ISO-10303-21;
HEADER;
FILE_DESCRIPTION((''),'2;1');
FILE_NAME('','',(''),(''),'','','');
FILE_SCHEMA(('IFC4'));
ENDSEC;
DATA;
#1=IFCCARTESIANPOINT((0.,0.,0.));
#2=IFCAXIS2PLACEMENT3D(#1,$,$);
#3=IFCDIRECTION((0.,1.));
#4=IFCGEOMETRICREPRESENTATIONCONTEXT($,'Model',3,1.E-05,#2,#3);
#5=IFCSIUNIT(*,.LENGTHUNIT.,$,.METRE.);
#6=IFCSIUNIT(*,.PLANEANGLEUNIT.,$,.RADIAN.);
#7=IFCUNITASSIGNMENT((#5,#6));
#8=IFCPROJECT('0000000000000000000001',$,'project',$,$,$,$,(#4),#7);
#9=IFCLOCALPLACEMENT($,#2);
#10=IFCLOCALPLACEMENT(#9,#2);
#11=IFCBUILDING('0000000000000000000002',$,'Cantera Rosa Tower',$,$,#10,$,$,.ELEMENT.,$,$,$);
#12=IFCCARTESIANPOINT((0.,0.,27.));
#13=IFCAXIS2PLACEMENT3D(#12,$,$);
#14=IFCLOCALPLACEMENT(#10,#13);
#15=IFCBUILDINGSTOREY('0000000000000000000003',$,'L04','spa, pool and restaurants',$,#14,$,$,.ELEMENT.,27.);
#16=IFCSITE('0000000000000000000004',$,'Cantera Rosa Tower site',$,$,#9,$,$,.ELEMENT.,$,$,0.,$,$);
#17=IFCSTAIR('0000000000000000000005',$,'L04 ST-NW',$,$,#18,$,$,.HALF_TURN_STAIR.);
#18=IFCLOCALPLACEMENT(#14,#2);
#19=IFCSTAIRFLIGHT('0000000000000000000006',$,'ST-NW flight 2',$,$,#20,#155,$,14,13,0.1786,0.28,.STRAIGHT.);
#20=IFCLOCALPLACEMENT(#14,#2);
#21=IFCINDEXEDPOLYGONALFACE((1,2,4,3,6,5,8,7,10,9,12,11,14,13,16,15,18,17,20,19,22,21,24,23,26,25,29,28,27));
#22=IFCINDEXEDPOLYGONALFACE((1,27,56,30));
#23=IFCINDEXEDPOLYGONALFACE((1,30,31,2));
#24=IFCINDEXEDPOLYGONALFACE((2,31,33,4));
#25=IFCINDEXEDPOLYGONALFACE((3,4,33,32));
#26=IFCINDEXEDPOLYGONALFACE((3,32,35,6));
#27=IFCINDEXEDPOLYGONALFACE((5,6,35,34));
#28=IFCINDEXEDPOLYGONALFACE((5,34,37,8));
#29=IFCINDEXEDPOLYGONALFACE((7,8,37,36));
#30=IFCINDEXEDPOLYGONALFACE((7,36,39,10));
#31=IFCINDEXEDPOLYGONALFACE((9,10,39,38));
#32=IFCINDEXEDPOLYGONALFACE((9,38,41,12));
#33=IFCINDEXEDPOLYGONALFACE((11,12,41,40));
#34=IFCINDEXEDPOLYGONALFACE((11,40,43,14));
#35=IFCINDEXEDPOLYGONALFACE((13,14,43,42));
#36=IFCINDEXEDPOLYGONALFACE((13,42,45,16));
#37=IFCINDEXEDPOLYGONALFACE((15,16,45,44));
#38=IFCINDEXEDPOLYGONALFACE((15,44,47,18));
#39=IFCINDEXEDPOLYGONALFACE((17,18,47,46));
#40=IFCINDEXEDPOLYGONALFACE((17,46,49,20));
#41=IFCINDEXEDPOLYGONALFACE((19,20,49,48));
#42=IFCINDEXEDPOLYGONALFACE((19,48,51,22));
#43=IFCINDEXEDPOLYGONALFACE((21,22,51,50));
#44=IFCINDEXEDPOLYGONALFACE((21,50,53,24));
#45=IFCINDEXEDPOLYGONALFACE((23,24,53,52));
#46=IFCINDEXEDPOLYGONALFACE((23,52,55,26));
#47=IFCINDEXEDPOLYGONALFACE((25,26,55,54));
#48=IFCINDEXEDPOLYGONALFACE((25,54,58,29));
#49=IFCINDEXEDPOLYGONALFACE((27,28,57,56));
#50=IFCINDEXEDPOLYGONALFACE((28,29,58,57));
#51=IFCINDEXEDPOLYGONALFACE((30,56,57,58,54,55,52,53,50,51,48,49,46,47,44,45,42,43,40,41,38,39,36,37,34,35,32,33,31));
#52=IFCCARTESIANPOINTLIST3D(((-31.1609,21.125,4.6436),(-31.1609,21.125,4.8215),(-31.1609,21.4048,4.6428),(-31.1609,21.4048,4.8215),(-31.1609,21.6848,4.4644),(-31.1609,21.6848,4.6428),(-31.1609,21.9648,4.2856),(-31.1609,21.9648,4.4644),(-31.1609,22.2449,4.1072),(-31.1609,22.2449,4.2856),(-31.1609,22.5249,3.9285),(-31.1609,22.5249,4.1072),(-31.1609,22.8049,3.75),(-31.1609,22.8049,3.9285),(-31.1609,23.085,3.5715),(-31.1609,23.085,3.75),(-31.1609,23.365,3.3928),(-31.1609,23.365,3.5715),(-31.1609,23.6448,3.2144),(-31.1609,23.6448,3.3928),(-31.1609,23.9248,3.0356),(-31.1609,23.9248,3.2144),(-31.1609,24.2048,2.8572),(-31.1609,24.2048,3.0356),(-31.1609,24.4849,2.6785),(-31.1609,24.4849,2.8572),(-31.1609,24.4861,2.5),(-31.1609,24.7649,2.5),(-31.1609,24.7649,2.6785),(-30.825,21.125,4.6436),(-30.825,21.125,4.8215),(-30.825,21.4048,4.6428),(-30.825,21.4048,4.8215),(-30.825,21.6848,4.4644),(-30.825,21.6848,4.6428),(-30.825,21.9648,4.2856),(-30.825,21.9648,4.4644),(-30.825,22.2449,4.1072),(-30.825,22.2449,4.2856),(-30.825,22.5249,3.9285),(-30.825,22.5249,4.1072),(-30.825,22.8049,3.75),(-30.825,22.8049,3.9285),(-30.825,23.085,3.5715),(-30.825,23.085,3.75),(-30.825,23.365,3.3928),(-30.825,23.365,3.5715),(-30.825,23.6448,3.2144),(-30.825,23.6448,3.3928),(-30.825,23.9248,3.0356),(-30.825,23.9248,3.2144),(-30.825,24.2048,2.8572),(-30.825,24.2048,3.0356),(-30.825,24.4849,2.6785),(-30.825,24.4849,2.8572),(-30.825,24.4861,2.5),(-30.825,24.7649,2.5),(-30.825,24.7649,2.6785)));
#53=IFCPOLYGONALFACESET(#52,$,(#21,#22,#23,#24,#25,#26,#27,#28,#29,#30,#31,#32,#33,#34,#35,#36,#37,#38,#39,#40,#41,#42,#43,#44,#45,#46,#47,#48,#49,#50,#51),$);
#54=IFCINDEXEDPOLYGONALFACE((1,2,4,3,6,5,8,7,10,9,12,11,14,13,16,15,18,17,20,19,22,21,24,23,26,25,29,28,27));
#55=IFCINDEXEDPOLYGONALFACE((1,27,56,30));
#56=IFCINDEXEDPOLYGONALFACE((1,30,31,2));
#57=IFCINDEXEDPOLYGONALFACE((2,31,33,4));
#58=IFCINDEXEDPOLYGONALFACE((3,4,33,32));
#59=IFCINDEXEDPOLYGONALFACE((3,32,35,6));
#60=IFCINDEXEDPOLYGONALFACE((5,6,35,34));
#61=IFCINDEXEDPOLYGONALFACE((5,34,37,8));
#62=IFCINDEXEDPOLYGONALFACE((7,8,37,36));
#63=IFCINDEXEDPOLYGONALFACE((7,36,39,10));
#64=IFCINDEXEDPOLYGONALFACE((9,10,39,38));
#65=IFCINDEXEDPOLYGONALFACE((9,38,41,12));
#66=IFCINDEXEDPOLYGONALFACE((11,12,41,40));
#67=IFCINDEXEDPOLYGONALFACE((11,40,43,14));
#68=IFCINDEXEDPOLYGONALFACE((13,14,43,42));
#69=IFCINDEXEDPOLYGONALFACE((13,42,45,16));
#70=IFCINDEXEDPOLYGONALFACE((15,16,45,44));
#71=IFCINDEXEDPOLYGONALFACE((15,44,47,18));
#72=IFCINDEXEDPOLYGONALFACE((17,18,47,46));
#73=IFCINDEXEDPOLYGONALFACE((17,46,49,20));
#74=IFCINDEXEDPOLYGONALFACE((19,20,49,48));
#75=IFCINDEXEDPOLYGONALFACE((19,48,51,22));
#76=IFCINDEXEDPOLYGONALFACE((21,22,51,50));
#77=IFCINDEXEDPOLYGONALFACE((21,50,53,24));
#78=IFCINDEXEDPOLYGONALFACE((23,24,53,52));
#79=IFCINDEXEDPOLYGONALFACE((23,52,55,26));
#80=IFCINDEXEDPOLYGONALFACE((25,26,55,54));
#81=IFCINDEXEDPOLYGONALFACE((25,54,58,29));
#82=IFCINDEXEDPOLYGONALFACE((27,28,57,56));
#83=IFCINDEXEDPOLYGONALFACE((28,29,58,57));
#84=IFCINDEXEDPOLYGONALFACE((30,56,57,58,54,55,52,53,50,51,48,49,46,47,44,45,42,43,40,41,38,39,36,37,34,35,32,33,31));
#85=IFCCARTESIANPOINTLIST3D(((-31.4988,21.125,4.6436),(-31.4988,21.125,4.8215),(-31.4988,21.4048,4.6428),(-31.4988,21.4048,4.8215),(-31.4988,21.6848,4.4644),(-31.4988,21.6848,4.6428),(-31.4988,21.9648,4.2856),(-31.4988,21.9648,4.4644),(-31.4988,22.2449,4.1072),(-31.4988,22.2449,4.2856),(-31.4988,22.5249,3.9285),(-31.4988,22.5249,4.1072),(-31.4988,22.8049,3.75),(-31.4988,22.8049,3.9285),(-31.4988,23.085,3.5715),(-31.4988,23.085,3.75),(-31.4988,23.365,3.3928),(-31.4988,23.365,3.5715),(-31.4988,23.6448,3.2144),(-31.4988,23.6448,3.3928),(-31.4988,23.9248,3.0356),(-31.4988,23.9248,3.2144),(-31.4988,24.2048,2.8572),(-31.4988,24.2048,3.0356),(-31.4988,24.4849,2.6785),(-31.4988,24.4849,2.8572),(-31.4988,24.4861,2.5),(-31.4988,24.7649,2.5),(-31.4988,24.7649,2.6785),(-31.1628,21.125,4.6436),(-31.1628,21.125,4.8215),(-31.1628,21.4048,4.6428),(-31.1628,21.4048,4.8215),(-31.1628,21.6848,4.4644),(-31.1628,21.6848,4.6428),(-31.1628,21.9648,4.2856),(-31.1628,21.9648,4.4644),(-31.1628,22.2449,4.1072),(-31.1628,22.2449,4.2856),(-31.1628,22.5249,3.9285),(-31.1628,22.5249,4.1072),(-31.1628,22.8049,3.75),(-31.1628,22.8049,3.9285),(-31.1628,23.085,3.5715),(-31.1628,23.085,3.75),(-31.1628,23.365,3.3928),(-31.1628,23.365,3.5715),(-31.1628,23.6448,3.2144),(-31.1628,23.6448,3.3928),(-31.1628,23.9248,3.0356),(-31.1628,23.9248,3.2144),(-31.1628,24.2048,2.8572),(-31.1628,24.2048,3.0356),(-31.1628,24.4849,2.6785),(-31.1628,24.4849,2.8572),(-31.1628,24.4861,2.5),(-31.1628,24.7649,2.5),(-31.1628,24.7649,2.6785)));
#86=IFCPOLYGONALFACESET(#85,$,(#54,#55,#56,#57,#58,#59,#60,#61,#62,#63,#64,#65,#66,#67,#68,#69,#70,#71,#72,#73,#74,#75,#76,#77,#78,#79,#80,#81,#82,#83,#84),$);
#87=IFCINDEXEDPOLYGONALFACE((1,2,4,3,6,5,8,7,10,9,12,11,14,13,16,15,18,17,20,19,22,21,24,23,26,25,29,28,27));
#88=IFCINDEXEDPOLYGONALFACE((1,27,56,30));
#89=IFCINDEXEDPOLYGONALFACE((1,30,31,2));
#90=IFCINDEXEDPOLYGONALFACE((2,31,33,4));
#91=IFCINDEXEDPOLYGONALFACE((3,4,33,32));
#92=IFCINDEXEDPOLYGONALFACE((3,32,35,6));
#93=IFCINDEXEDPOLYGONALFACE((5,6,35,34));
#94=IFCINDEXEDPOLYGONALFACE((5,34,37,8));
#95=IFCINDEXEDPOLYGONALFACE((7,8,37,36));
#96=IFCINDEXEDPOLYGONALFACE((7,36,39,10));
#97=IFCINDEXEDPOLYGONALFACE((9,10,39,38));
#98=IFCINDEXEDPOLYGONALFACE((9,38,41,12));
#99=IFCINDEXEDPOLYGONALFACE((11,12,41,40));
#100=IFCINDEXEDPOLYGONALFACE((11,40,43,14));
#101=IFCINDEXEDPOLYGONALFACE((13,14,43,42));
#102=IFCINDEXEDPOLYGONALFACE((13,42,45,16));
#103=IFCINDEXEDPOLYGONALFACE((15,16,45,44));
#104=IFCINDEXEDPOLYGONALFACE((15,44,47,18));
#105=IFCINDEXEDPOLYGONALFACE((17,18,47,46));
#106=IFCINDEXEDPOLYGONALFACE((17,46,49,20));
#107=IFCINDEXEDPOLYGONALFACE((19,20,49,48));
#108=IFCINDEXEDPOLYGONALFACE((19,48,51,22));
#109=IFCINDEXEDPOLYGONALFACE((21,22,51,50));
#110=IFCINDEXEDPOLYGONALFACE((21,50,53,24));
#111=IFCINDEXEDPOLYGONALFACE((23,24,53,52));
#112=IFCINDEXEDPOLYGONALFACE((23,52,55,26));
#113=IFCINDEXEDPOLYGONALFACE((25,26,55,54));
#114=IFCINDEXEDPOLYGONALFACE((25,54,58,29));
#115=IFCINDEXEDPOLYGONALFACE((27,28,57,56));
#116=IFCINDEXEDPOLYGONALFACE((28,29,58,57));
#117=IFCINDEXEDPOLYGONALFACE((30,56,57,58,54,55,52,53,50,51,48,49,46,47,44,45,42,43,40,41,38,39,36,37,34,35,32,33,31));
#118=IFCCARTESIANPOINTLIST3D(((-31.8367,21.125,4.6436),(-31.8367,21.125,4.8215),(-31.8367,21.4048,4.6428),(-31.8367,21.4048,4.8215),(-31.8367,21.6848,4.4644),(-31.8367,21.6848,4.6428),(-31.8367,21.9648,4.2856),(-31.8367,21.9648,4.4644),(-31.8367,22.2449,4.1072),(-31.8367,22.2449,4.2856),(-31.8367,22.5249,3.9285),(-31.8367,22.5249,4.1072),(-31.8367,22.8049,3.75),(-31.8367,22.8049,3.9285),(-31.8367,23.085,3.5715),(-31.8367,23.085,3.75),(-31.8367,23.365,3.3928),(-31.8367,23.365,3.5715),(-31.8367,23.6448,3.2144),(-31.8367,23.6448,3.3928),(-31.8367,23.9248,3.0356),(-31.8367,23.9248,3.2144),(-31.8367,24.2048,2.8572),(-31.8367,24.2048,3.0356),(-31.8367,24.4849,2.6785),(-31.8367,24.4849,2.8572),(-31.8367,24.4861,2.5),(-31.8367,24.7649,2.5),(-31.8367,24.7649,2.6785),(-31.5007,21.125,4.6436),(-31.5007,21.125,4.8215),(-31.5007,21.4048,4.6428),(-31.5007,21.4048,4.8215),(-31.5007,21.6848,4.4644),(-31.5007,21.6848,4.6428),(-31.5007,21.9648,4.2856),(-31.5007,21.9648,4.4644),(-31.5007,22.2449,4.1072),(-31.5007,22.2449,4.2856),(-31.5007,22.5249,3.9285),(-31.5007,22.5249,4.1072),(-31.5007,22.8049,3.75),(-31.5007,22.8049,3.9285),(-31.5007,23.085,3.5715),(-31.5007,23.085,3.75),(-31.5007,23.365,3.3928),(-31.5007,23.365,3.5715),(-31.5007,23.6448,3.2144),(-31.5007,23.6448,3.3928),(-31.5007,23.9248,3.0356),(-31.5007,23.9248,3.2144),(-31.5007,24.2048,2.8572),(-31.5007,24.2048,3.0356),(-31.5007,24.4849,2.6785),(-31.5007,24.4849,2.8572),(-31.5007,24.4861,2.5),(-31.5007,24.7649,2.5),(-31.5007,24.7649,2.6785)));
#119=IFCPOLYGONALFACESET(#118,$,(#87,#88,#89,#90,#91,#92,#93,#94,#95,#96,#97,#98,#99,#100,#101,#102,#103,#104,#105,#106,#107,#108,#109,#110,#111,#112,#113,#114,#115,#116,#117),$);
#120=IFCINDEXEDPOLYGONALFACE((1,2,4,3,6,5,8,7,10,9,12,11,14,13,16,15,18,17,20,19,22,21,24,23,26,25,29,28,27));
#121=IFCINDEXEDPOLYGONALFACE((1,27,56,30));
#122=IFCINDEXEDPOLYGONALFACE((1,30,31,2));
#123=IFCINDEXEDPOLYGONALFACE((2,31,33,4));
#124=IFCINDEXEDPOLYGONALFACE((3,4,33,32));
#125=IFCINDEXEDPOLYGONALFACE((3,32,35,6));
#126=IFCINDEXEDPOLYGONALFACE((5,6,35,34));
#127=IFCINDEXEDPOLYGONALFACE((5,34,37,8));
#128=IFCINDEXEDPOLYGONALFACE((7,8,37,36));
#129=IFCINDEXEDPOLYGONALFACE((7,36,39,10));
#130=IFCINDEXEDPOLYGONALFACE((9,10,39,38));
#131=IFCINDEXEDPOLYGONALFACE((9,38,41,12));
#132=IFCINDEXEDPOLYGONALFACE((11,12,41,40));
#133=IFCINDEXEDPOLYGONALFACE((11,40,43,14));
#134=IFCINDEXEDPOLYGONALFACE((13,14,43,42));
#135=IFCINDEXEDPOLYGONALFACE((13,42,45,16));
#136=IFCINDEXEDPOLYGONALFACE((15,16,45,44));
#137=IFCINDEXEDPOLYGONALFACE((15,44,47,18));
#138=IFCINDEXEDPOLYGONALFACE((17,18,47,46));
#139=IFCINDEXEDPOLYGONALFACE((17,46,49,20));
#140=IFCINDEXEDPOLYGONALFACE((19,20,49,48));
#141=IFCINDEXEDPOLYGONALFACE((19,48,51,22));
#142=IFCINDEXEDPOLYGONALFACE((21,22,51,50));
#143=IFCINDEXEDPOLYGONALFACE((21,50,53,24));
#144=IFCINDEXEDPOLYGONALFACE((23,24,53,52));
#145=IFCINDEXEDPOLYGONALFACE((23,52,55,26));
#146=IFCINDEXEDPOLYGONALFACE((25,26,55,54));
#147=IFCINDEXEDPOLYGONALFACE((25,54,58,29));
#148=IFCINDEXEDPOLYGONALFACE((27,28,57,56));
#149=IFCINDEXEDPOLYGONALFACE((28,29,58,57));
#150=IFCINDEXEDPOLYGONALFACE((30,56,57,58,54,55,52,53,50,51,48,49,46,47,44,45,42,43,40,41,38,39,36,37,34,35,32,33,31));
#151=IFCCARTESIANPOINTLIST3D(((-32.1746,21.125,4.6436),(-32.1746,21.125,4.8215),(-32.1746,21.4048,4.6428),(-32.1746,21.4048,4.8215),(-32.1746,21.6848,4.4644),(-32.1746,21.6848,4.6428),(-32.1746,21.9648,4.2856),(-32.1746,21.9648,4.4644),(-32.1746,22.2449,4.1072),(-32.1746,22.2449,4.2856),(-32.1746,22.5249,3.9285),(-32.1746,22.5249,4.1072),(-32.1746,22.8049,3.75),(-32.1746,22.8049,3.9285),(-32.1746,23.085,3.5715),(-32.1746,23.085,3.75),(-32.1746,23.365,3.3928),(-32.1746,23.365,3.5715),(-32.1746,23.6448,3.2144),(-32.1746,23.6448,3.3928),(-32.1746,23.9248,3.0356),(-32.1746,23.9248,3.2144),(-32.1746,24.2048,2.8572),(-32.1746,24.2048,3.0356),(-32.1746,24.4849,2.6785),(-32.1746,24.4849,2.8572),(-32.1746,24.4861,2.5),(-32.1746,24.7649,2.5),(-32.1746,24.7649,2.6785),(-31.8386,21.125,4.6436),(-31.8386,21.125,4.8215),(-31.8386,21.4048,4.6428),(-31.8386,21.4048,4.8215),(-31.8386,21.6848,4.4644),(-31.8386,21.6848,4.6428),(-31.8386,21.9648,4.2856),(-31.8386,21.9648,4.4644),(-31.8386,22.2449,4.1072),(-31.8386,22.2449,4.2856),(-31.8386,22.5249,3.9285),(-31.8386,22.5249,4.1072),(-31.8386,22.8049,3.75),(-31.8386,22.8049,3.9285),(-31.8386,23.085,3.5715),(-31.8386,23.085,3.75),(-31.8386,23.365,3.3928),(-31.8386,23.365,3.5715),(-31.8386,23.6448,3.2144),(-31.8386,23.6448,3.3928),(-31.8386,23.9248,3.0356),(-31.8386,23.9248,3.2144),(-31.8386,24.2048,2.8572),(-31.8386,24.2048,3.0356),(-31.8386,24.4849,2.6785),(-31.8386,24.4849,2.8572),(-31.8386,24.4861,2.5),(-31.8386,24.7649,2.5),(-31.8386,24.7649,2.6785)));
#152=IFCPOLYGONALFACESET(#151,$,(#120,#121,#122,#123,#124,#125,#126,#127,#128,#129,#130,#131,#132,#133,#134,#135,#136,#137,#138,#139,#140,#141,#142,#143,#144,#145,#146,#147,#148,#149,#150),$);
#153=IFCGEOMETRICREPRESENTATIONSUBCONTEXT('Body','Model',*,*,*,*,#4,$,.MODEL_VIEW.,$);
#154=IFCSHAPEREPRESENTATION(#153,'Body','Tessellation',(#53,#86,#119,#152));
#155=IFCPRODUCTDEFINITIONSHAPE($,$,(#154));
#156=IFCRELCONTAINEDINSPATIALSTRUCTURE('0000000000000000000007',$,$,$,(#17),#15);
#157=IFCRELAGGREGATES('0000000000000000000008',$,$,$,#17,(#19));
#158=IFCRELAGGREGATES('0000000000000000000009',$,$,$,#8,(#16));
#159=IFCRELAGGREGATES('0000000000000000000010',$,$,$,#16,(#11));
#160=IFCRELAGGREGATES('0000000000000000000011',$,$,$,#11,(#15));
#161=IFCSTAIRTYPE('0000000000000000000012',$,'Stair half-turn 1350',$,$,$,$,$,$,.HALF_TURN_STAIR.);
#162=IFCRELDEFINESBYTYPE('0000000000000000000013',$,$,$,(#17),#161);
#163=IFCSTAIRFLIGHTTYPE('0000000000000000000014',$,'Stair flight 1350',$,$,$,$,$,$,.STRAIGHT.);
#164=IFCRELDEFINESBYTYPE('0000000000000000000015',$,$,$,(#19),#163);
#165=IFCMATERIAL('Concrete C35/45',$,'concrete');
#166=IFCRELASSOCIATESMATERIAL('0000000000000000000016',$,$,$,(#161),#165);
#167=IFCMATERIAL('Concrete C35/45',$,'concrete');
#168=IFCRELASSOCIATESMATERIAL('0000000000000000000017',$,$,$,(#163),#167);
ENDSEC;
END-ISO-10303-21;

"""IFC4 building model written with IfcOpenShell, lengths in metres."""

from ifc_helpers import new_model, si_unit, direction, frame, origin, place, context, subcontext, project, spatial, polyline, outline, extrude, material, type_object, element, aggregate, save


model = new_model("IFC4")

# Units and contexts
model_context = context("Model", 3, precision=1e-05, world=origin(), true_north=direction((0.0, 1.0)))
body_context = subcontext(model_context, "Body", "Model", "MODEL_VIEW")
ifc_project = project(units=[si_unit("LENGTHUNIT", "METRE"), si_unit("PLANEANGLEUNIT", "RADIAN")], contexts=[model_context])

# Site, building, storey
site_placement = place(None, origin())
site = spatial("IfcSite", under=ifc_project, at=site_placement, Name="Cantera Rosa Tower site", CompositionType="ELEMENT", RefElevation=0.0)
building_placement = place(site_placement, origin())
building = spatial("IfcBuilding", under=site, at=building_placement, Name="Cantera Rosa Tower", CompositionType="ELEMENT")
storey_placement = place(building_placement, frame((0.0, 0.0, 27.0)))
storey = spatial("IfcBuildingStorey", under=building, at=storey_placement, Name="L04", Description="spa, pool and restaurants", CompositionType="ELEMENT", Elevation=27.0)

# Stair, stair flight
ifc_material_1 = material(Name="Concrete C35/45", Category="concrete")
stair_type = type_object("IfcStairType", Name="Stair half-turn 1350", PredefinedType="HALF_TURN_STAIR", material=ifc_material_1)
stair_placement = place(storey_placement, origin())
stair = element("IfcStair", 1, at=stair_placement, inside=storey, type_object=stair_type, Name="L04 ST-NW", PredefinedType="HALF_TURN_STAIR")
ifc_material_2 = material(Name="Concrete C35/45", Category="concrete")
stair_flight_type = type_object("IfcStairFlightType", Name="Stair flight 1350", PredefinedType="STRAIGHT", material=ifc_material_2)
stair_flight_1_placement = place(storey_placement, frame((-31.5, 24.7649, 2.5), z_axis=(0.0, 0.0, 1.0), x_axis=(0.0, -1.0, 0.0)))
stair_flight_1 = element("IfcStairFlight", 2, at=stair_flight_1_placement, type_object=stair_flight_type, Name="ST-NW flight 2", NumberOfRisers=14, NumberOfTreads=13, PredefinedType="STRAIGHT", RiserHeight=0.1786, TreadLength=0.28, context=body_context, shape_type="SweptSolid", body=[
    extrude(outline(polyline([(0.0, 0.0), (0.0, 0.1785), (0.28, 0.1785), (0.28, 0.3572), (0.5601, 0.3572), (0.5601, 0.5356), (0.8401, 0.5356), (0.8401, 0.7144), (1.1201, 0.7144), (1.1201, 0.8928), (1.3999, 0.8928), (1.3999, 1.0715), (1.6799, 1.0715), (1.6799, 1.25), (1.96, 1.25), (1.96, 1.4285), (2.24, 1.4285), (2.24, 1.6072), (2.52, 1.6072), (2.52, 1.7856), (2.8, 1.7856), (2.8, 1.9644), (3.0801, 1.9644), (3.0801, 2.1428), (3.3601, 2.1428), (3.3601, 2.3215), (3.6399, 2.3215), (3.6399, 2.5), (3.6399, 2.1436), (0.2788, 0.0), (0.0, 0.0)])), frame((0.0, 0.675, 0.0), z_axis=(0.0, -1.0, 0.0), x_axis=(1.0, 0.0, 0.0)), (0.0, 0.0, 1.0), 0.3359),
    extrude(outline(polyline([(0.0, 0.0), (0.0, 0.1785), (0.28, 0.1785), (0.28, 0.3572), (0.5601, 0.3572), (0.5601, 0.5356), (0.8401, 0.5356), (0.8401, 0.7144), (1.1201, 0.7144), (1.1201, 0.8928), (1.3999, 0.8928), (1.3999, 1.0715), (1.6799, 1.0715), (1.6799, 1.25), (1.96, 1.25), (1.96, 1.4285), (2.24, 1.4285), (2.24, 1.6072), (2.52, 1.6072), (2.52, 1.7856), (2.8, 1.7856), (2.8, 1.9644), (3.0801, 1.9644), (3.0801, 2.1428), (3.3601, 2.1428), (3.3601, 2.3215), (3.6399, 2.3215), (3.6399, 2.5), (3.6399, 2.1436), (0.2788, 0.0), (0.0, 0.0)])), frame((0.0, 0.3372, 0.0), z_axis=(0.0, -1.0, 0.0), x_axis=(1.0, 0.0, 0.0)), (0.0, 0.0, 1.0), 0.3359),
    extrude(outline(polyline([(0.0, 0.0), (0.0, 0.1785), (0.28, 0.1785), (0.28, 0.3572), (0.5601, 0.3572), (0.5601, 0.5356), (0.8401, 0.5356), (0.8401, 0.7144), (1.1201, 0.7144), (1.1201, 0.8928), (1.3999, 0.8928), (1.3999, 1.0715), (1.6799, 1.0715), (1.6799, 1.25), (1.96, 1.25), (1.96, 1.4285), (2.24, 1.4285), (2.24, 1.6072), (2.52, 1.6072), (2.52, 1.7856), (2.8, 1.7856), (2.8, 1.9644), (3.0801, 1.9644), (3.0801, 2.1428), (3.3601, 2.1428), (3.3601, 2.3215), (3.6399, 2.3215), (3.6399, 2.5), (3.6399, 2.1436), (0.2788, 0.0), (0.0, 0.0)])), frame((0.0, -0.0007, 0.0), z_axis=(0.0, -1.0, 0.0), x_axis=(1.0, 0.0, 0.0)), (0.0, 0.0, 1.0), 0.3359),
    extrude(outline(polyline([(0.0, 0.0), (0.0, 0.1785), (0.28, 0.1785), (0.28, 0.3572), (0.5601, 0.3572), (0.5601, 0.5356), (0.8401, 0.5356), (0.8401, 0.7144), (1.1201, 0.7144), (1.1201, 0.8928), (1.3999, 0.8928), (1.3999, 1.0715), (1.6799, 1.0715), (1.6799, 1.25), (1.96, 1.25), (1.96, 1.4285), (2.24, 1.4285), (2.24, 1.6072), (2.52, 1.6072), (2.52, 1.7856), (2.8, 1.7856), (2.8, 1.9644), (3.0801, 1.9644), (3.0801, 2.1428), (3.3601, 2.1428), (3.3601, 2.3215), (3.6399, 2.3215), (3.6399, 2.5), (3.6399, 2.1436), (0.2788, 0.0), (0.0, 0.0)])), frame((0.0, -0.3386, 0.0), z_axis=(0.0, -1.0, 0.0), x_axis=(1.0, 0.0, 0.0)), (0.0, 0.0, 1.0), 0.3359),
])
aggregate(stair, [stair_flight_1])

save(model, "model.ifc")
